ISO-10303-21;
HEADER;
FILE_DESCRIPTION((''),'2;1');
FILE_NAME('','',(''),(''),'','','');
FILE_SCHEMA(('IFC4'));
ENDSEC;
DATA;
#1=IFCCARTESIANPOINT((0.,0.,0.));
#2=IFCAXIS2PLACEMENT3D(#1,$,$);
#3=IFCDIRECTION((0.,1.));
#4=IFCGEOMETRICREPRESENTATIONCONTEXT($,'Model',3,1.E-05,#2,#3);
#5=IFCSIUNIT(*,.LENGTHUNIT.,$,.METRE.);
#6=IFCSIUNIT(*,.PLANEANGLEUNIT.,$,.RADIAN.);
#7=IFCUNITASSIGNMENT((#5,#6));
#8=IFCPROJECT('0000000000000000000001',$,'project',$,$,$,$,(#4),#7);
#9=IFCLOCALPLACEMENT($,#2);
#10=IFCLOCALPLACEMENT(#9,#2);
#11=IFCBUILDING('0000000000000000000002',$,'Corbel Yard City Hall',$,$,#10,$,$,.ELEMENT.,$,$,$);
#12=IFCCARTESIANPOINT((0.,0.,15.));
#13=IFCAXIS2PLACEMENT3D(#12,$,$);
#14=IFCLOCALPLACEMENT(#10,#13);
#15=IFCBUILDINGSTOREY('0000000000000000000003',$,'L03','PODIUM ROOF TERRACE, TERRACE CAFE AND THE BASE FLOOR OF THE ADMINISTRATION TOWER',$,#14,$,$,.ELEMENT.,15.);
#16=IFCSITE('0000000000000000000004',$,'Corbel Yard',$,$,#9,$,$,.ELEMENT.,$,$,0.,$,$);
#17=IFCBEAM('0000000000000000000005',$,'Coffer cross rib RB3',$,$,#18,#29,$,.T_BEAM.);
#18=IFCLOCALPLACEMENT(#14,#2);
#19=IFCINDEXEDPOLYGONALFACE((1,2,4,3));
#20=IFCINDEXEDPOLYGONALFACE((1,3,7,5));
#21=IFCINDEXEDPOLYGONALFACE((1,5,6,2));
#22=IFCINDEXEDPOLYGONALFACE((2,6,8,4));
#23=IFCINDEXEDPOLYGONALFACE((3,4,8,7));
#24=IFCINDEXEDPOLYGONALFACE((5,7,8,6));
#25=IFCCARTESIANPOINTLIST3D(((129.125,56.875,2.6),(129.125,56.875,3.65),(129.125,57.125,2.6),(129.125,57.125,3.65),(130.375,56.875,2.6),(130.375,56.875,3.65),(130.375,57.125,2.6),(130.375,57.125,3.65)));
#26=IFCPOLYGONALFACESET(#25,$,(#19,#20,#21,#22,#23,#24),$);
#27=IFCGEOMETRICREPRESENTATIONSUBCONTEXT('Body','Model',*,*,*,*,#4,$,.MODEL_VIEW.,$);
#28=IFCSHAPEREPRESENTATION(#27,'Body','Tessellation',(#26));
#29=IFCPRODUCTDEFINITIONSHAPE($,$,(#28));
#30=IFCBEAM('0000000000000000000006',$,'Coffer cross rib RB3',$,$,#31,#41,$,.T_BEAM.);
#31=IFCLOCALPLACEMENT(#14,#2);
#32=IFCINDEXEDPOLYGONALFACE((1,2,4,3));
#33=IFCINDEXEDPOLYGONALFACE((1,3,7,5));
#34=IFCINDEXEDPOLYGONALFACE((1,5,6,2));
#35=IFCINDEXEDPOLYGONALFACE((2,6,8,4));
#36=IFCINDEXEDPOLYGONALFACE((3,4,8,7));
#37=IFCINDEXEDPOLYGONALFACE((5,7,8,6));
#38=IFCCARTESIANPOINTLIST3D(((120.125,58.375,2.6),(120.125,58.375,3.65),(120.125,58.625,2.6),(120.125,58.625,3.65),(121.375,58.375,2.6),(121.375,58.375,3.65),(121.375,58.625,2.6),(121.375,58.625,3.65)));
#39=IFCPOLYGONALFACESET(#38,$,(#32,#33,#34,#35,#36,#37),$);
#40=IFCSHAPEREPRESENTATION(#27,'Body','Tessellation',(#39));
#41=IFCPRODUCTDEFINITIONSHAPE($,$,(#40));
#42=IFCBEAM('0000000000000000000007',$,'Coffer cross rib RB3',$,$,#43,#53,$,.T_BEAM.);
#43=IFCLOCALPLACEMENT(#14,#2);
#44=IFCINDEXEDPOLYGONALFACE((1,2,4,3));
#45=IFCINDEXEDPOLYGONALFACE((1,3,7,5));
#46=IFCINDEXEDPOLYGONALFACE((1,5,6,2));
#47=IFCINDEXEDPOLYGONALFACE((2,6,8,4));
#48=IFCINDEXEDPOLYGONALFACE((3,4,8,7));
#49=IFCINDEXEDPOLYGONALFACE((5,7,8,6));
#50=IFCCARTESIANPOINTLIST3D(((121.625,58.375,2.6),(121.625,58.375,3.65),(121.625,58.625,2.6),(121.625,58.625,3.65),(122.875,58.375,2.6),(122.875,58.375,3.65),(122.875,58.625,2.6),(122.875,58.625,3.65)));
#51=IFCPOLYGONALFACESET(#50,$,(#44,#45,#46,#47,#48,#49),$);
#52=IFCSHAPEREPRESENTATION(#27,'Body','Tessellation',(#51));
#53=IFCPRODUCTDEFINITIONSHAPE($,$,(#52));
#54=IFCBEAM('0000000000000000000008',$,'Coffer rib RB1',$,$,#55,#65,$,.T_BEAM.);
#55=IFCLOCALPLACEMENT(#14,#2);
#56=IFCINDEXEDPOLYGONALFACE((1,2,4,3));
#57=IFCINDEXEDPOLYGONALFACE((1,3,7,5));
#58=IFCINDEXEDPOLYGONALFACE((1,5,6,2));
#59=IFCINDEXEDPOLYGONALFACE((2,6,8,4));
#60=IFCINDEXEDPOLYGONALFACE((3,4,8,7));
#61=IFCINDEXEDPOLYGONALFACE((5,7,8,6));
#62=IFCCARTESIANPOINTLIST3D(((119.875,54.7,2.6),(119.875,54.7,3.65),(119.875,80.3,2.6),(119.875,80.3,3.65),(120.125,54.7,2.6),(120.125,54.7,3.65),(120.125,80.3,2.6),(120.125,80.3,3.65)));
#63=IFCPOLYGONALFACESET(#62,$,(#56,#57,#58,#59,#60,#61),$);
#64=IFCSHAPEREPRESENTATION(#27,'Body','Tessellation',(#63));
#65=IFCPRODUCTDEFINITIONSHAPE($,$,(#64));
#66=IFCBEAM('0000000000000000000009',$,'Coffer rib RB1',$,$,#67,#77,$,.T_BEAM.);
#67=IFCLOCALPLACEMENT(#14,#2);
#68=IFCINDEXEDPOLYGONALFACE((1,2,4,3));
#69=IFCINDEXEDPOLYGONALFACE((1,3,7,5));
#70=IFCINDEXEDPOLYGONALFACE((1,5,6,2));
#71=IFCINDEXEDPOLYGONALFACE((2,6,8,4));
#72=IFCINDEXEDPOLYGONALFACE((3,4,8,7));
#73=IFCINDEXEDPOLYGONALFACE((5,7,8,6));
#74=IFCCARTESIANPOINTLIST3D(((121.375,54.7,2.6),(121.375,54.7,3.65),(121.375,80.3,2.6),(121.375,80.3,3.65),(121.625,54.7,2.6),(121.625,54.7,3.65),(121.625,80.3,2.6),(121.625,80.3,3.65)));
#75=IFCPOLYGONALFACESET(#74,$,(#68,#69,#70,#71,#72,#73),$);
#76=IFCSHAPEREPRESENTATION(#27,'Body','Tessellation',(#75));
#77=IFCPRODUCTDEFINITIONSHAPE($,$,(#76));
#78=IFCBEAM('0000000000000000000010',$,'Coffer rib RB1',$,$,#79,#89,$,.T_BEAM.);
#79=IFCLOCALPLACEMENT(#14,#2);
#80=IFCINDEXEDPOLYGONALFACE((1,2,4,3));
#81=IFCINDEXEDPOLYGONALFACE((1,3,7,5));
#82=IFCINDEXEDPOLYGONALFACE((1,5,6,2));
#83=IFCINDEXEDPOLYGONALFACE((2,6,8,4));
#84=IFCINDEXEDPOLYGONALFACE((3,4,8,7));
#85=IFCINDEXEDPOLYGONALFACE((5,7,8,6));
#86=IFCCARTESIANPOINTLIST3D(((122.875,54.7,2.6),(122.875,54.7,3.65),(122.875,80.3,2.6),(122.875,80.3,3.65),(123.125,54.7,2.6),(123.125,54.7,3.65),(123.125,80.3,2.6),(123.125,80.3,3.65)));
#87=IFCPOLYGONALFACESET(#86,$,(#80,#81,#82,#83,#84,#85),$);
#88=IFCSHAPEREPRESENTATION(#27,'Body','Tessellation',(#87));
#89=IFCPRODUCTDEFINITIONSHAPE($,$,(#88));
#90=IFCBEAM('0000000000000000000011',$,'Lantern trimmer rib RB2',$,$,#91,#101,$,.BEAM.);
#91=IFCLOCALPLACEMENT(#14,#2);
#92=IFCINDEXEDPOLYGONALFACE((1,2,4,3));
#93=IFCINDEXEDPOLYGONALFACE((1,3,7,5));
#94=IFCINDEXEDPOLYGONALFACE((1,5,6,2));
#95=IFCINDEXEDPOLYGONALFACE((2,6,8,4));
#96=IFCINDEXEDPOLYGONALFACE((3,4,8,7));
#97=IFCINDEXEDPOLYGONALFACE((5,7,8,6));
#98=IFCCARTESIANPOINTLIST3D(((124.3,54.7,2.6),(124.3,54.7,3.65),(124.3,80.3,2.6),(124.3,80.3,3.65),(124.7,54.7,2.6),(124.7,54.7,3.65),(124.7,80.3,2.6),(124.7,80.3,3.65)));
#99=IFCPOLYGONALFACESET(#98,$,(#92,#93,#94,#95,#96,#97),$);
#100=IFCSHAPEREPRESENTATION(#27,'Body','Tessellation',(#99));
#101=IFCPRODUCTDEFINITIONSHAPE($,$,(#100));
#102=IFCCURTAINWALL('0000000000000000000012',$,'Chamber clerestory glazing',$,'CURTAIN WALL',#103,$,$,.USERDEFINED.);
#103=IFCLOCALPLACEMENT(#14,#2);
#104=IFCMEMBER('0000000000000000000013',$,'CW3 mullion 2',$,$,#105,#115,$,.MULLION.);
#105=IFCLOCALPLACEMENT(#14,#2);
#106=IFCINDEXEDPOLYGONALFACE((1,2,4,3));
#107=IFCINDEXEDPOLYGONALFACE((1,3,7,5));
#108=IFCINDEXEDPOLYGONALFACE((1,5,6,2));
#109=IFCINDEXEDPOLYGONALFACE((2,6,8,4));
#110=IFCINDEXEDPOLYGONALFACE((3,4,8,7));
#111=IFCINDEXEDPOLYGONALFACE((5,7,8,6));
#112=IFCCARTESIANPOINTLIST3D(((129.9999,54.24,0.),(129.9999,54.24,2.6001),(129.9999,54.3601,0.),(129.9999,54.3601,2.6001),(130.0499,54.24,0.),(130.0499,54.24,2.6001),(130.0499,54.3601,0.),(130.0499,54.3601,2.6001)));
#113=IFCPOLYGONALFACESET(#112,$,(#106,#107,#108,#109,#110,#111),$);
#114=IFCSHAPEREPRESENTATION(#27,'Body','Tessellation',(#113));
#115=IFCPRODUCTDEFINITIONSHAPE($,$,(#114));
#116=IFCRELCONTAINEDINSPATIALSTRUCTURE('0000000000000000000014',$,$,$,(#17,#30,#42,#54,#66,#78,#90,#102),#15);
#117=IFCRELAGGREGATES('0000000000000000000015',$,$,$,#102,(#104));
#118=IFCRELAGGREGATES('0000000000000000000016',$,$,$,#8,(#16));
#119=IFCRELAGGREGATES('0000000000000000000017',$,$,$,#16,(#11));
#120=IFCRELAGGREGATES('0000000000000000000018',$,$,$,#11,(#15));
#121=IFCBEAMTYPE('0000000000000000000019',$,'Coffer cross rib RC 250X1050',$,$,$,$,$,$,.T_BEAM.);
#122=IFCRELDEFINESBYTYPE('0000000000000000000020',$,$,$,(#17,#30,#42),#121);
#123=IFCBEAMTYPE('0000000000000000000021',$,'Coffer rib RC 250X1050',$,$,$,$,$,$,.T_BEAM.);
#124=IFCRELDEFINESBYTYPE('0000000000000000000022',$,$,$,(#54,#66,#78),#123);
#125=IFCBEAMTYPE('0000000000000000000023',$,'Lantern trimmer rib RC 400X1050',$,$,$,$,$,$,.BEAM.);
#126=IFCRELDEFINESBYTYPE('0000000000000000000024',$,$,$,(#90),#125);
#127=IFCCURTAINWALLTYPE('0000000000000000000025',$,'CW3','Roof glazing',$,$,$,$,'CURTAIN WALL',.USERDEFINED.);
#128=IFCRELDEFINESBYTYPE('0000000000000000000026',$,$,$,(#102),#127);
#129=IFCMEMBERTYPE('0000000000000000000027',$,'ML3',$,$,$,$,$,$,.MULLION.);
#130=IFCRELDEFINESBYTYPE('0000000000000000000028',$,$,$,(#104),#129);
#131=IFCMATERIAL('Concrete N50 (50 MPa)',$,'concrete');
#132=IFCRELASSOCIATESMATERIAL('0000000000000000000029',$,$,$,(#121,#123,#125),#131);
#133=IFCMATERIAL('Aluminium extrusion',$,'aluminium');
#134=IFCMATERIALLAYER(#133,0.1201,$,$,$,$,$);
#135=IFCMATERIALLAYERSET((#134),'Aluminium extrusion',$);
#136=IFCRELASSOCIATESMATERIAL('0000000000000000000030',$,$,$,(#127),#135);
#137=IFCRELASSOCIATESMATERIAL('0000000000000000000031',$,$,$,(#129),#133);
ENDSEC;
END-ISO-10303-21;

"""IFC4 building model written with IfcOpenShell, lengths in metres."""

from ifc_helpers import new_model, si_unit, direction, frame, origin, origin_2d, place, context, subcontext, project, spatial, rectangle, extrude, material, layer, layer_set, material_profile, profile_set, type_object, element, aggregate, save


model = new_model("IFC4")

# Units and contexts
model_context = context("Model", 3, precision=1e-05, world=origin(), true_north=direction((0.0, 1.0)))
body_context = subcontext(model_context, "Body", "Model", "MODEL_VIEW")
ifc_project = project(units=[si_unit("LENGTHUNIT", "METRE"), si_unit("PLANEANGLEUNIT", "RADIAN")], contexts=[model_context])

# Site, building, storey
site_placement = place(None, origin())
site = spatial("IfcSite", under=ifc_project, at=site_placement, Name="Corbel Yard", CompositionType="ELEMENT", RefElevation=0.0)
building_placement = place(site_placement, origin())
building = spatial("IfcBuilding", under=site, at=building_placement, Name="Corbel Yard City Hall", CompositionType="ELEMENT")
storey_placement = place(building_placement, frame((0.0, 0.0, 15.0)))
storey = spatial("IfcBuildingStorey", under=building, at=storey_placement, Name="L03", Description="PODIUM ROOF TERRACE, TERRACE CAFE AND THE BASE FLOOR OF THE ADMINISTRATION TOWER", CompositionType="ELEMENT", Elevation=15.0)

# Beams
ifc_material_1 = material(Name="Concrete N50 (50 MPa)", Category="concrete")
ifc_material_profile_1 = material_profile(ifc_material_1, rectangle(XDim=0.25, YDim=1.05, at=origin_2d()), Name="250x1050")
ifc_profile_set_1 = profile_set([ifc_material_profile_1], Name="Concrete N50 (50 MPa)")
beam_type_1 = type_object("IfcBeamType", Name="Coffer cross rib RC 250X1050", PredefinedType="T_BEAM", material=ifc_profile_set_1)
for number, where, z_axis, x_axis, name in (
    (1, (129.125, 57.0, 3.125), (1.0, 0.0, 0.0), (0.0, 1.0, 0.0), "Coffer cross rib RB3"),
    (2, (120.125, 58.5, 3.125), (1.0, 0.0, 0.0), (0.0, 1.0, 0.0), "Coffer cross rib RB3"),
    (3, (121.625, 58.5, 3.125), (1.0, 0.0, 0.0), (0.0, 1.0, 0.0), "Coffer cross rib RB3"),
):
    element("IfcBeam", number, at=place(storey_placement, frame(where, z_axis=z_axis, x_axis=x_axis)), inside=storey, type_object=beam_type_1, Name=name, PredefinedType="T_BEAM", context=body_context, shape_type="SweptSolid", body=[
        extrude(rectangle(XDim=0.25, YDim=1.05, at=origin_2d()), origin(), (0.0, 0.0, 1.0), 1.25),
    ])
ifc_material_profile_2 = material_profile(ifc_material_1, rectangle(XDim=0.25, YDim=1.05, at=origin_2d()), Name="250x1050")
ifc_profile_set_2 = profile_set([ifc_material_profile_2], Name="Concrete N50 (50 MPa)")
beam_type_2 = type_object("IfcBeamType", Name="Coffer rib RC 250X1050", PredefinedType="T_BEAM", material=ifc_profile_set_2)
for number, where, z_axis, x_axis, name in (
    (4, (120.0, 54.7, 3.125), (0.0, 1.0, 0.0), (-1.0, 0.0, 0.0), "Coffer rib RB1"),
    (5, (121.5, 54.7, 3.125), (0.0, 1.0, 0.0), (-1.0, 0.0, 0.0), "Coffer rib RB1"),
    (6, (123.0, 54.7, 3.125), (0.0, 1.0, 0.0), (-1.0, 0.0, 0.0), "Coffer rib RB1"),
):
    element("IfcBeam", number, at=place(storey_placement, frame(where, z_axis=z_axis, x_axis=x_axis)), inside=storey, type_object=beam_type_2, Name=name, PredefinedType="T_BEAM", context=body_context, shape_type="SweptSolid", body=[
        extrude(rectangle(XDim=0.25, YDim=1.05, at=origin_2d()), origin(), (0.0, 0.0, 1.0), 25.6001),
    ])
ifc_material_profile_3 = material_profile(ifc_material_1, rectangle(XDim=0.3999, YDim=1.05, at=origin_2d()), Name="400x1050")
ifc_profile_set_3 = profile_set([ifc_material_profile_3], Name="Concrete N50 (50 MPa)")
beam_type_3 = type_object("IfcBeamType", Name="Lantern trimmer rib RC 400X1050", PredefinedType="BEAM", material=ifc_profile_set_3)
beam_placement = place(storey_placement, frame((124.5, 54.7, 3.125), z_axis=(0.0, 1.0, 0.0), x_axis=(-1.0, 0.0, 0.0)))
element("IfcBeam", 7, at=beam_placement, inside=storey, type_object=beam_type_3, Name="Lantern trimmer rib RB2", PredefinedType="BEAM", context=body_context, shape_type="SweptSolid", body=[
    extrude(rectangle(XDim=0.3999, YDim=1.05, at=origin_2d()), origin(), (0.0, 0.0, 1.0), 25.6001),
])

# Curtain wall, member
ifc_material_2 = material(Name="Aluminium extrusion", Category="aluminium")
ifc_layer = layer(ifc_material_2, 0.1201)
ifc_layer_set = layer_set([ifc_layer], Name="Aluminium extrusion")
curtain_wall_type = type_object("IfcCurtainWallType", Name="CW3", Description="Roof glazing", ElementType="CURTAIN WALL", PredefinedType="USERDEFINED", material=ifc_layer_set)
curtain_wall_placement = place(storey_placement, origin())
curtain_wall = element("IfcCurtainWall", 8, at=curtain_wall_placement, inside=storey, type_object=curtain_wall_type, Name="Chamber clerestory glazing", ObjectType="CURTAIN WALL", PredefinedType="USERDEFINED")
ifc_material_profile_4 = material_profile(ifc_material_2, rectangle(XDim=0.1201, YDim=0.05, at=origin_2d()), Name="120x50")
ifc_profile_set_4 = profile_set([ifc_material_profile_4], Name="Aluminium extrusion")
member_type = type_object("IfcMemberType", Name="ML3", PredefinedType="MULLION", material=ifc_profile_set_4)
member_placement = place(storey_placement, frame((130.0249, 54.3, 0.0), z_axis=(0.0, 0.0, 1.0), x_axis=(0.0, 1.0, 0.0)))
member = element("IfcMember", 9, at=member_placement, type_object=member_type, Name="CW3 mullion 2", PredefinedType="MULLION", context=body_context, shape_type="SweptSolid", body=[
    extrude(rectangle(XDim=0.1201, YDim=0.05, at=origin_2d()), origin(), (0.0, 0.0, 1.0), 2.6001),
])
aggregate(curtain_wall, [member])

save(model, "model.ifc")
